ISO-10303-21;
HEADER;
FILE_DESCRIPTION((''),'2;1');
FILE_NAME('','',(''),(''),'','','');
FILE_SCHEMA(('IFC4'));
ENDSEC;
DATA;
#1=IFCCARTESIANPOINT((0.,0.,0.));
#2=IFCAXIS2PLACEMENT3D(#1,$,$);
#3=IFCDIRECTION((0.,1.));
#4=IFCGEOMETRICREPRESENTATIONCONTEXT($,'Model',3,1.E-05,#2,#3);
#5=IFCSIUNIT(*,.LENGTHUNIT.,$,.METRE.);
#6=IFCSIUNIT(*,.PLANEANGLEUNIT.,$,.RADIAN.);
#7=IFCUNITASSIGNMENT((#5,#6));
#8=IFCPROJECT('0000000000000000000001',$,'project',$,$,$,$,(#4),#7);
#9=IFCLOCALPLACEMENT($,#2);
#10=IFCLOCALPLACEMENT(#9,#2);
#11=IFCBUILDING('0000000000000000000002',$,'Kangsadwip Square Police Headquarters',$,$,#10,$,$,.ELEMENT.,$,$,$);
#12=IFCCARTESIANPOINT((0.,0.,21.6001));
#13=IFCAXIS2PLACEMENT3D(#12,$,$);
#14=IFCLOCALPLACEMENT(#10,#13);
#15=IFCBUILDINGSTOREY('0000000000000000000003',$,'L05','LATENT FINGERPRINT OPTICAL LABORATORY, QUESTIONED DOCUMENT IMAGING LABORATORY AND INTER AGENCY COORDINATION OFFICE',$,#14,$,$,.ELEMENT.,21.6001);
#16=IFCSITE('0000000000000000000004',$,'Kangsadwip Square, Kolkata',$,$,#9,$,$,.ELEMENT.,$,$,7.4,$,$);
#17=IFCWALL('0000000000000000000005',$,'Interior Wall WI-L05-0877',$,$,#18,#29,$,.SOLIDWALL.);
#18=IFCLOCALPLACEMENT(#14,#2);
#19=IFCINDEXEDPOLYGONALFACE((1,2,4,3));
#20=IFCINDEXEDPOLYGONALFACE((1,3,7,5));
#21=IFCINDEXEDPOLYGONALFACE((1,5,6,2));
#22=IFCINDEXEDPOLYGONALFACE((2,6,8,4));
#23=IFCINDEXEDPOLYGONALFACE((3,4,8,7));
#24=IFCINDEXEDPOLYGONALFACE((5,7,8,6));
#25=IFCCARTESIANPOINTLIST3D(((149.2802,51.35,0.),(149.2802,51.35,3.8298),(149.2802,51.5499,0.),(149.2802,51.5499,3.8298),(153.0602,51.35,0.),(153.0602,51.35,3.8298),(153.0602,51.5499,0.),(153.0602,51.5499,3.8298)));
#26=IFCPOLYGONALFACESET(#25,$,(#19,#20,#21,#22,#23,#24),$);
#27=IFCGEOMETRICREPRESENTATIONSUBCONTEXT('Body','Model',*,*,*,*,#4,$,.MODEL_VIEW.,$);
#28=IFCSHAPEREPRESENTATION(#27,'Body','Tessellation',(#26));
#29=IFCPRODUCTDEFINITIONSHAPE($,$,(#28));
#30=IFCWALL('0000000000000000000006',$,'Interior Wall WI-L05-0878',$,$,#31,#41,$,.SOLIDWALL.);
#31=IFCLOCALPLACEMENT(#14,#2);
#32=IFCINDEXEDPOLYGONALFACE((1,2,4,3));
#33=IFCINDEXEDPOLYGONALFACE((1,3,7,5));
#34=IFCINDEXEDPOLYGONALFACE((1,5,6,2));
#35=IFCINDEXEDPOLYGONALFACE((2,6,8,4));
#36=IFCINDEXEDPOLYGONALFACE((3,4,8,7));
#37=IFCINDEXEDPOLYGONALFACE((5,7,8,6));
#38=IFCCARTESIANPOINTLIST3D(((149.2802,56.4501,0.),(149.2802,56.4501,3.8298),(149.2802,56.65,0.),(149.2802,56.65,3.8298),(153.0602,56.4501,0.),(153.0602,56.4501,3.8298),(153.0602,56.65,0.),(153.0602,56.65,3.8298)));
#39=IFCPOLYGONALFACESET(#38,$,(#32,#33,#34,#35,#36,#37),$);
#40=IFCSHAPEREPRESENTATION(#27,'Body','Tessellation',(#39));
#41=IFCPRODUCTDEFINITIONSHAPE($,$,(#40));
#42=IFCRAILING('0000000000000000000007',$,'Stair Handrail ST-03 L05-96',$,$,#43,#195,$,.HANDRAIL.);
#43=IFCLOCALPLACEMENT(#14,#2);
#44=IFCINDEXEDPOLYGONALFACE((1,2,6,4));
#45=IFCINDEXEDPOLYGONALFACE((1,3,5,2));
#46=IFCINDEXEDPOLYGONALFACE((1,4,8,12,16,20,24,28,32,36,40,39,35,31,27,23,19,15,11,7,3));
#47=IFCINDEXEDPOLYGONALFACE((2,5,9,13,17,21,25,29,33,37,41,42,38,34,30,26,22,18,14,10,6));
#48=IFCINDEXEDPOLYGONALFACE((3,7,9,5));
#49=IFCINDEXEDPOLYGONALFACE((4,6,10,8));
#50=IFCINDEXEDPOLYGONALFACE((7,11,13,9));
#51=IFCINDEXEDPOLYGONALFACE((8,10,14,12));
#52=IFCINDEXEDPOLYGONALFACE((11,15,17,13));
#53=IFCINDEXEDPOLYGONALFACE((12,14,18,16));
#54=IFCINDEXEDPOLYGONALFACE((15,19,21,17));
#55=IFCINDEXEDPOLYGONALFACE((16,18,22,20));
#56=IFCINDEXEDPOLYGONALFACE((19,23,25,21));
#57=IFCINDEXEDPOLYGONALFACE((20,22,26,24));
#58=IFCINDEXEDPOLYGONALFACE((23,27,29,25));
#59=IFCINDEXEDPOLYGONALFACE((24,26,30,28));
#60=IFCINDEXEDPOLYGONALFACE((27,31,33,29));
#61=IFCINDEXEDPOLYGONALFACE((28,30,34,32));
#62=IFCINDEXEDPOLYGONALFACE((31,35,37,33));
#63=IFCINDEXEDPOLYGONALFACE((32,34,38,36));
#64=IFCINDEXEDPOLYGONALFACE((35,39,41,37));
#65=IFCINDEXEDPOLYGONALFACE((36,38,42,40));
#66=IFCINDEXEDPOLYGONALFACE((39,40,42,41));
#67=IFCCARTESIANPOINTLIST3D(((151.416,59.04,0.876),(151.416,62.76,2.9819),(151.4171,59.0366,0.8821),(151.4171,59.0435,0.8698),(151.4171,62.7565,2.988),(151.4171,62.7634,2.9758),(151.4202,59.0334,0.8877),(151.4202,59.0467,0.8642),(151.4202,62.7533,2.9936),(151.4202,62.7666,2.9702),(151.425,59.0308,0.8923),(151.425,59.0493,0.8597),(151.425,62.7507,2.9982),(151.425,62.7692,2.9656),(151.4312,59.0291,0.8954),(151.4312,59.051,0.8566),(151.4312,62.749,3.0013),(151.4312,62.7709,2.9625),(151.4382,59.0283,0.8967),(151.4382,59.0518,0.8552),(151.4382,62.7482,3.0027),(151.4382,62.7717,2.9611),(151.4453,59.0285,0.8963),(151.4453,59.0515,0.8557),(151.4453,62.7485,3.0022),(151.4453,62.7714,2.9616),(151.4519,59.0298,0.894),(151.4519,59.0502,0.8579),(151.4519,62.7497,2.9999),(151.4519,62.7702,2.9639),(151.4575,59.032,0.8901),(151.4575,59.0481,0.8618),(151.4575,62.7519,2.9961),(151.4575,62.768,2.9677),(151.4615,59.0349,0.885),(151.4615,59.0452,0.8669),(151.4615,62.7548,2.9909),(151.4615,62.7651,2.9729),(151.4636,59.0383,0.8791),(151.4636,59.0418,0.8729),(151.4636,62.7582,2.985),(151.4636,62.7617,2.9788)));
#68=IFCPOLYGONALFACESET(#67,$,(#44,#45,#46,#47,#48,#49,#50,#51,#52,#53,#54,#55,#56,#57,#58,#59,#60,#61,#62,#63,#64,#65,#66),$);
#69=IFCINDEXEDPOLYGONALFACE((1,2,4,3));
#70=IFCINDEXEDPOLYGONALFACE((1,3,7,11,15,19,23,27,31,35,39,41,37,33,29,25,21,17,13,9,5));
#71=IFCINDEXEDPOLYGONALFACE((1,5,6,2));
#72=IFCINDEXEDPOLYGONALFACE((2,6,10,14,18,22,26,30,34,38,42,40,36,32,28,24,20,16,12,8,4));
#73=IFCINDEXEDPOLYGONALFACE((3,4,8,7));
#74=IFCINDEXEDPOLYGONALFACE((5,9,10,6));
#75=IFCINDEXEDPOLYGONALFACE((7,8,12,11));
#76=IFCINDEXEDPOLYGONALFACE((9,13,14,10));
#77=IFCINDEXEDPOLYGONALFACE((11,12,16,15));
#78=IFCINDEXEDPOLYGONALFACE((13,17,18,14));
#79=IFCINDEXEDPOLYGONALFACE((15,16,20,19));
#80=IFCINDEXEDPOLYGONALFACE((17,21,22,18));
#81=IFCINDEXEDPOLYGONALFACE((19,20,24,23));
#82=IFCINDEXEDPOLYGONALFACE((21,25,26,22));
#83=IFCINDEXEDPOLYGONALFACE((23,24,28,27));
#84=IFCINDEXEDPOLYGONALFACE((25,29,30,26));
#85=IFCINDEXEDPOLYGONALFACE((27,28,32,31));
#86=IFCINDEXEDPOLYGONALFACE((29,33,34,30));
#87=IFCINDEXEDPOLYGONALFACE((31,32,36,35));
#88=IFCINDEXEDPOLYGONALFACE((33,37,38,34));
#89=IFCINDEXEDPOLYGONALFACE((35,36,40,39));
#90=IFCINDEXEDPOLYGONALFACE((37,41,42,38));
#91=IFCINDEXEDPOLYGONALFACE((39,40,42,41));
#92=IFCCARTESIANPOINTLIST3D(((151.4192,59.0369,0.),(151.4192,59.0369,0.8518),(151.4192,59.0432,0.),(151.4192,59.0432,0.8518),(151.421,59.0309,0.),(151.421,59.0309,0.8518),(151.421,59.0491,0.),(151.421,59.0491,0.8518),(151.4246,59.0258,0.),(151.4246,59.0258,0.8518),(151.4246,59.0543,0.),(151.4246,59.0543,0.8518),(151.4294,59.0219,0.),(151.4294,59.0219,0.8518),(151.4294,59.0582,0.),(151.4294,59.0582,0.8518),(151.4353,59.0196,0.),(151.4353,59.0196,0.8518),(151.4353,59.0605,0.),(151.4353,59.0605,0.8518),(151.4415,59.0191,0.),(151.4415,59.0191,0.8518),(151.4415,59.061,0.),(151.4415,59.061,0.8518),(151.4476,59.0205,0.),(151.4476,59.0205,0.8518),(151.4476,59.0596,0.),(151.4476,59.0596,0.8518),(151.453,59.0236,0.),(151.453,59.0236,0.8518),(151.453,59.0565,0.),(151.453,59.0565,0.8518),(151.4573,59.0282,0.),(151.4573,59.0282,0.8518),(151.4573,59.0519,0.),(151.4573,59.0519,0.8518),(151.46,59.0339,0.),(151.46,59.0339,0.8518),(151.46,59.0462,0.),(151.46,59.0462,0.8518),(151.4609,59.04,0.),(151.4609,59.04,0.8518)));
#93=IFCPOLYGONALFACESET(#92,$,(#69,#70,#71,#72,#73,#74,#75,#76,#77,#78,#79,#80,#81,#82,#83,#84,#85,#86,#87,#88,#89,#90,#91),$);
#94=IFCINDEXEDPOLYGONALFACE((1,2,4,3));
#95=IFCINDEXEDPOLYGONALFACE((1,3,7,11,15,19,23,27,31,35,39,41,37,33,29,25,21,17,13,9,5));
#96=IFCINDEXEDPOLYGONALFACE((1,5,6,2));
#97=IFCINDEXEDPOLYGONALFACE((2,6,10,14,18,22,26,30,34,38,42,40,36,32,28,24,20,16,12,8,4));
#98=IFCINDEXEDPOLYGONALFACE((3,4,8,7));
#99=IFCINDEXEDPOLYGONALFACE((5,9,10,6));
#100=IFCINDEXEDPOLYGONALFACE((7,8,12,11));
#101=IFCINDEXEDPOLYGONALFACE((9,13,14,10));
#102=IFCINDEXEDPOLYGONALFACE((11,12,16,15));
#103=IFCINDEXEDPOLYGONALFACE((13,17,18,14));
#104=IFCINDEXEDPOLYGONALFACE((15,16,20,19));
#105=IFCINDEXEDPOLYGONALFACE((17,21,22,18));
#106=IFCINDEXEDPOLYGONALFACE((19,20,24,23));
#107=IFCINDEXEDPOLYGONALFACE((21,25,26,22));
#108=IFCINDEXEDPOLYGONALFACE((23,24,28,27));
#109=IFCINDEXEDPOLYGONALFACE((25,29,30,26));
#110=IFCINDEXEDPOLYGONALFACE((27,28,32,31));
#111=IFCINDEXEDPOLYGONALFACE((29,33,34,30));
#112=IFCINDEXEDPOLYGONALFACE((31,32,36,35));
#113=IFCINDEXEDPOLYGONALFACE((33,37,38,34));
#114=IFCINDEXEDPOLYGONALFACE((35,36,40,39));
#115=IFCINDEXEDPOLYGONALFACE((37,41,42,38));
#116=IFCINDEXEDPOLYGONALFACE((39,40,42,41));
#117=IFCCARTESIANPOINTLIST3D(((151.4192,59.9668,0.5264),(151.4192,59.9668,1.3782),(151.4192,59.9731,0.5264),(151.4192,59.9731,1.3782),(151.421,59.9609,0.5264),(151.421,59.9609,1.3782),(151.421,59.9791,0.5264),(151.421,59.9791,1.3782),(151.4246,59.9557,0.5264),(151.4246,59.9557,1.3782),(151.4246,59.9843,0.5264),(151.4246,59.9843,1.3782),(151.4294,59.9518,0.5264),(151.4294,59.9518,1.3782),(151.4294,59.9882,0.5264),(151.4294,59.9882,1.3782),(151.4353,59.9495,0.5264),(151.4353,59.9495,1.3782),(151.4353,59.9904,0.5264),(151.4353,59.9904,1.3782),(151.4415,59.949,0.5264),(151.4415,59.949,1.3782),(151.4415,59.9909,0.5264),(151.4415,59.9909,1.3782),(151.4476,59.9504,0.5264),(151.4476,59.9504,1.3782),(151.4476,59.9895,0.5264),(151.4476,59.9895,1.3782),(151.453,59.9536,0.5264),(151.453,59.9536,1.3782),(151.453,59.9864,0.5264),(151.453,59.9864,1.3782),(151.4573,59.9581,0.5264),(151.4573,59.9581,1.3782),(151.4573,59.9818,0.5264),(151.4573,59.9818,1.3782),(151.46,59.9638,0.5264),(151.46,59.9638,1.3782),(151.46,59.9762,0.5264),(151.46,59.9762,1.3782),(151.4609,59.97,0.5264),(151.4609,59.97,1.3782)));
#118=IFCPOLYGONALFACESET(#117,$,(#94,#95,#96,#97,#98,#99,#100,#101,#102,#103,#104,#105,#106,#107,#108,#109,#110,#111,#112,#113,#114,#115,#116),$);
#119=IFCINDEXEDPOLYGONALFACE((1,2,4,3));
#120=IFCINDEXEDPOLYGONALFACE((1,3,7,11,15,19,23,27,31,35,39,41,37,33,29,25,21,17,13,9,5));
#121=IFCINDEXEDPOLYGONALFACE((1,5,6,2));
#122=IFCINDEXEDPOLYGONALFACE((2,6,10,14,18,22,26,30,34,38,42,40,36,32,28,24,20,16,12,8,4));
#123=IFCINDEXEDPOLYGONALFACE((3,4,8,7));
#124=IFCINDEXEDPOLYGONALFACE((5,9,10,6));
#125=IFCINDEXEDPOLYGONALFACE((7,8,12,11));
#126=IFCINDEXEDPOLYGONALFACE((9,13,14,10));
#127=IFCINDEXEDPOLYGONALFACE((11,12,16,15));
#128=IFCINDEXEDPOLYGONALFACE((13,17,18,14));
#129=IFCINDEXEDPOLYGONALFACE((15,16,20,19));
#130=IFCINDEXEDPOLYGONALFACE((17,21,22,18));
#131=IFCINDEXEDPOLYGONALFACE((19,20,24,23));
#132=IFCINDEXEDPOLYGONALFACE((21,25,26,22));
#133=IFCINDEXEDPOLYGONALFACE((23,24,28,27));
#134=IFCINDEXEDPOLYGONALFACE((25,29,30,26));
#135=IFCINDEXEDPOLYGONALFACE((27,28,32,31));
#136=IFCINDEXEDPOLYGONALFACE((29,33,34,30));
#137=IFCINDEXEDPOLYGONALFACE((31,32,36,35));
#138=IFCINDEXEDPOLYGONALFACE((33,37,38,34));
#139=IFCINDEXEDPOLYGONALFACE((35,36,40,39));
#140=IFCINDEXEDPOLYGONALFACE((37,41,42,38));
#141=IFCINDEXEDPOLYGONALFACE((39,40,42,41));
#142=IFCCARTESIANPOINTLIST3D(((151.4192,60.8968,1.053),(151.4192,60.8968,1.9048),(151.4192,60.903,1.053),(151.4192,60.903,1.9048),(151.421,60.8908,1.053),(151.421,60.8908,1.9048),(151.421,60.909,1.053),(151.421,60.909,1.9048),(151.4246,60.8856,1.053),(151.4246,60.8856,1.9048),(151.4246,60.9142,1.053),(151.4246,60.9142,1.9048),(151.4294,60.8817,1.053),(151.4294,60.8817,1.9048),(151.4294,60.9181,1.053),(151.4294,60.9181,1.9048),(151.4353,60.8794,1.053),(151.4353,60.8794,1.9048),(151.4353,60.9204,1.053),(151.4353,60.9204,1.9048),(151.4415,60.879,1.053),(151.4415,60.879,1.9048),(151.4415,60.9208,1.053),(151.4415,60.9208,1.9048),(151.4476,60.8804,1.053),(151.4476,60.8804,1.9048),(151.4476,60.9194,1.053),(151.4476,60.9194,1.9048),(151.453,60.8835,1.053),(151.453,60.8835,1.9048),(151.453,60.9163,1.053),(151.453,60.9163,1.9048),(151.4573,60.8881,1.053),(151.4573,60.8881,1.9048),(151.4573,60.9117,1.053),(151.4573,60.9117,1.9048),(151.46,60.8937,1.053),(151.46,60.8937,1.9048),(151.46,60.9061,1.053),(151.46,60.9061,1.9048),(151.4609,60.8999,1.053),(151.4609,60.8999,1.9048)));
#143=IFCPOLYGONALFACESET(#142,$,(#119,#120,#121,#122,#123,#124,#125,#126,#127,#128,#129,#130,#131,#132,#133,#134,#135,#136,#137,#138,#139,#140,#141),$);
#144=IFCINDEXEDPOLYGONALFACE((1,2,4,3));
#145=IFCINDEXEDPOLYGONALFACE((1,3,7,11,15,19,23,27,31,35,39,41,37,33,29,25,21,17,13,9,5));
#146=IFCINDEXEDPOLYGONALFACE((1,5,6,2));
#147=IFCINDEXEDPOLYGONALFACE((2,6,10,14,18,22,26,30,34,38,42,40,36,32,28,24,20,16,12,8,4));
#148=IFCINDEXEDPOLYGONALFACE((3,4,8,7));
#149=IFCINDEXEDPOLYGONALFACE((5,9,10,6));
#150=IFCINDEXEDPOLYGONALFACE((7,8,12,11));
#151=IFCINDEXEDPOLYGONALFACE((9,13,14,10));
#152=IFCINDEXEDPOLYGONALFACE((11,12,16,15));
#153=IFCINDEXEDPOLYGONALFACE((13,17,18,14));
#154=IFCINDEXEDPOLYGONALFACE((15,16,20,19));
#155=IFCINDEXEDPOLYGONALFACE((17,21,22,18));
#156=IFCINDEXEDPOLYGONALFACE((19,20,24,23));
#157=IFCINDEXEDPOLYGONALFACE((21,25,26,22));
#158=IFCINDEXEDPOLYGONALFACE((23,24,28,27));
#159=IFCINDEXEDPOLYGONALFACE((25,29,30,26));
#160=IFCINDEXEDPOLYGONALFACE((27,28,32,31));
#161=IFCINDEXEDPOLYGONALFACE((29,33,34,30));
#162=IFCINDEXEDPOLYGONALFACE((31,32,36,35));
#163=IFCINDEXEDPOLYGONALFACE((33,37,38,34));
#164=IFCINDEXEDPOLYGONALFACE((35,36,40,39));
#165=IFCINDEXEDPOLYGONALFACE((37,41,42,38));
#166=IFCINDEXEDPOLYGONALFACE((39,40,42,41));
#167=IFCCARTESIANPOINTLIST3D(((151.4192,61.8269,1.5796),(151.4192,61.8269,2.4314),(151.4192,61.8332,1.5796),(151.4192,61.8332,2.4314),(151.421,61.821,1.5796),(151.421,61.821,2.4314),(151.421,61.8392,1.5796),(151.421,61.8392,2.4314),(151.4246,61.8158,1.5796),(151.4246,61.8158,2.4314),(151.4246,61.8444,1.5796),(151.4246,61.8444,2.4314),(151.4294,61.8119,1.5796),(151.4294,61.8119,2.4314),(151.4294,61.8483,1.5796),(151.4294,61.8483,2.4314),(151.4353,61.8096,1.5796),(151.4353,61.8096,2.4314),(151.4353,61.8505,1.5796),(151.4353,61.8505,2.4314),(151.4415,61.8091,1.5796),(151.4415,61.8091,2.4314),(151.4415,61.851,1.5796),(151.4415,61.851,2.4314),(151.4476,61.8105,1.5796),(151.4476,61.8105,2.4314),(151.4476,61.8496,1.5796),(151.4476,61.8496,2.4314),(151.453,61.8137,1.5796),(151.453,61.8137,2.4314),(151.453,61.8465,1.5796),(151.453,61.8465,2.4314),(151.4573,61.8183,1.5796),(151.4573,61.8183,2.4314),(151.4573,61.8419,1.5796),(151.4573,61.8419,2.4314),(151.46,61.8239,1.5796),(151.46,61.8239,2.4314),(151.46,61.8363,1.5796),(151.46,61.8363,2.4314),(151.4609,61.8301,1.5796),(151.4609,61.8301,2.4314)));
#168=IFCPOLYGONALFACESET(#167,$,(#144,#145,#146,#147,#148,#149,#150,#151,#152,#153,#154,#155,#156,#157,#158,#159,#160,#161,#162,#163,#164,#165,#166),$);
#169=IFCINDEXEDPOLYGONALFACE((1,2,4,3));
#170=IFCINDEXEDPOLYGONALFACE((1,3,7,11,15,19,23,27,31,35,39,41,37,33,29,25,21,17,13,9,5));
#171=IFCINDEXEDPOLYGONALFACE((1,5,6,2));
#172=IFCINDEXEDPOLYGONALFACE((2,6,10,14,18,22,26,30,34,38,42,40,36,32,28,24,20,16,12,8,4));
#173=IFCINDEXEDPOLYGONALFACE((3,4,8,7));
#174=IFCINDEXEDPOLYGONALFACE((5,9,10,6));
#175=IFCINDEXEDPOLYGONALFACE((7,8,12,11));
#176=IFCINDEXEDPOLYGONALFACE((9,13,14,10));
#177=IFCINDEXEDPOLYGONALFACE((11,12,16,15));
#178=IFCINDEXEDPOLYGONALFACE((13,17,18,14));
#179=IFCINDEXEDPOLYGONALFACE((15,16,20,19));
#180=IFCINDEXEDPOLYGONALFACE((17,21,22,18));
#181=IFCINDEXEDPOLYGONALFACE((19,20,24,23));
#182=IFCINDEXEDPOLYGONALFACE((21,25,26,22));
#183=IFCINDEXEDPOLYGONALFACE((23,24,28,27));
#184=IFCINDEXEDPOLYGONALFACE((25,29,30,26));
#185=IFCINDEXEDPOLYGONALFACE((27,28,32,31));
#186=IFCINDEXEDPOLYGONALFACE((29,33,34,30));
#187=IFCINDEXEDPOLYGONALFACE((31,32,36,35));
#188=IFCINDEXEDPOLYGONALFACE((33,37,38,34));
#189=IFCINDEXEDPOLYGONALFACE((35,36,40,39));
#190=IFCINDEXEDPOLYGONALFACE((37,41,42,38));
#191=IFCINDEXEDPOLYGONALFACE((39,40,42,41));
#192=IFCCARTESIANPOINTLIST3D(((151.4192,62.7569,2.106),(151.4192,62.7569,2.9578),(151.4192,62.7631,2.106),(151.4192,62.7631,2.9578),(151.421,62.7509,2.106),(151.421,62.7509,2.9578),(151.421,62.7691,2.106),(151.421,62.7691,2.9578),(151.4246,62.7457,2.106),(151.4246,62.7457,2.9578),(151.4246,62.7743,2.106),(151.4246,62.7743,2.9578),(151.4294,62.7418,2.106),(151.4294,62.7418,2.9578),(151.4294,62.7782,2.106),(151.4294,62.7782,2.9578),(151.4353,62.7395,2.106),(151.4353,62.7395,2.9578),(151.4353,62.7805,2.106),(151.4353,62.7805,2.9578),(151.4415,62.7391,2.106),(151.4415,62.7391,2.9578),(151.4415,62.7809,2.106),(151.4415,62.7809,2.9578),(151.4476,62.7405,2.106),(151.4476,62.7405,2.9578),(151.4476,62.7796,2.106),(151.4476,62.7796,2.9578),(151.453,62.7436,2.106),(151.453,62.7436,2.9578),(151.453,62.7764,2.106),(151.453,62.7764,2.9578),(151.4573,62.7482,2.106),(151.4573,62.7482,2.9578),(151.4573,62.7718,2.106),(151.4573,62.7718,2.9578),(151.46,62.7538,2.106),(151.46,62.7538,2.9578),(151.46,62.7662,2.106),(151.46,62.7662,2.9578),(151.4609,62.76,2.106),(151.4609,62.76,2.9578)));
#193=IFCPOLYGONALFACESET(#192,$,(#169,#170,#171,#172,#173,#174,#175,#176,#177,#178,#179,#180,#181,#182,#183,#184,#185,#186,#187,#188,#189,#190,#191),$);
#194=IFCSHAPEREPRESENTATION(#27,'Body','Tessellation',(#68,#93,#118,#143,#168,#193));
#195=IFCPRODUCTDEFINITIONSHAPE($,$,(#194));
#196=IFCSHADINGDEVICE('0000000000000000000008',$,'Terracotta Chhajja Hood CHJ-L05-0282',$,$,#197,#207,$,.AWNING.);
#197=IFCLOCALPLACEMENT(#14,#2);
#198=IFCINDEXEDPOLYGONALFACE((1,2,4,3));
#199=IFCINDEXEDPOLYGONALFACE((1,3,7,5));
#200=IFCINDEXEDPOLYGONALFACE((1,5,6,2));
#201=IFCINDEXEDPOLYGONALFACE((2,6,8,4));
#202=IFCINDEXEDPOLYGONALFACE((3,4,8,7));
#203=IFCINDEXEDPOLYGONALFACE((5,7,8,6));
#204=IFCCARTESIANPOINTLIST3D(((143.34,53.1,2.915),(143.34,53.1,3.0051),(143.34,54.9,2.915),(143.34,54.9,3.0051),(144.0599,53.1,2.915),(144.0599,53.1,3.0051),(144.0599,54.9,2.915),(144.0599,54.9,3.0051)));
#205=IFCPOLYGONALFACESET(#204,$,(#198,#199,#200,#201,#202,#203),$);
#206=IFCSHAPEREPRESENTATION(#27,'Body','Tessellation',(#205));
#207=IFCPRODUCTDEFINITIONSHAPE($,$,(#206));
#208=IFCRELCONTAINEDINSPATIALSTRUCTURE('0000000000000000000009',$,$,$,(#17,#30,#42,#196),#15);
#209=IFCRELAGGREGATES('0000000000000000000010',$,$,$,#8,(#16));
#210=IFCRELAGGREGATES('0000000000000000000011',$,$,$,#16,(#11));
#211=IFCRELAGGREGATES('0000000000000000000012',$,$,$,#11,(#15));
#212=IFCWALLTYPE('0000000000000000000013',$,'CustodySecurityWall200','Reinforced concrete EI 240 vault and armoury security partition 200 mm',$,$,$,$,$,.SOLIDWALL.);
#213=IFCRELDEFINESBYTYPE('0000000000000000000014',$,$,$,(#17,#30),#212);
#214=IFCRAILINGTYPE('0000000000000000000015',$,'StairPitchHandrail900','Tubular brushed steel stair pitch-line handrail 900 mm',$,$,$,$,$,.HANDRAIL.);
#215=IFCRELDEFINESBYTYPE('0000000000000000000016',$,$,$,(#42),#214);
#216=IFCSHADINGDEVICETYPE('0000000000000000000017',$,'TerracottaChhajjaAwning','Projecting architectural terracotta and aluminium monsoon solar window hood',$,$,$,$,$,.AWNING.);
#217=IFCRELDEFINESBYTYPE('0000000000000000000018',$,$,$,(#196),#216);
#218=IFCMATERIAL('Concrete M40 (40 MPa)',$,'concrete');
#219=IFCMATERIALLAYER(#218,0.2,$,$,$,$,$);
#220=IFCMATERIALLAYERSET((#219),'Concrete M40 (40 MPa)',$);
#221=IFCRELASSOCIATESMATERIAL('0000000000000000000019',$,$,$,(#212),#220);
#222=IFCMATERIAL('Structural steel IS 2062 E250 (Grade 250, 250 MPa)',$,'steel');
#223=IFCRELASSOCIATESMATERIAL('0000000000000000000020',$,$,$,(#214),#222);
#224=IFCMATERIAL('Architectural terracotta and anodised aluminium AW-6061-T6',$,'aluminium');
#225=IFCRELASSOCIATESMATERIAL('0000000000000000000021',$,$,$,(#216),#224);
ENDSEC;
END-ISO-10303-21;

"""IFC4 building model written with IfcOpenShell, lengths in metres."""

from ifc_helpers import new_model, si_unit, direction, frame, frame_2d, origin, origin_2d, place, context, subcontext, project, spatial, rectangle, circle, extrude, material, layer, layer_set, type_object, element, save


model = new_model("IFC4")

# Units and contexts
model_context = context("Model", 3, precision=1e-05, world=origin(), true_north=direction((0.0, 1.0)))
body_context = subcontext(model_context, "Body", "Model", "MODEL_VIEW")
ifc_project = project(units=[si_unit("LENGTHUNIT", "METRE"), si_unit("PLANEANGLEUNIT", "RADIAN")], contexts=[model_context])

# Site, building, storey
site_placement = place(None, origin())
site = spatial("IfcSite", under=ifc_project, at=site_placement, Name="Kangsadwip Square, Kolkata", CompositionType="ELEMENT", RefElevation=7.4)
building_placement = place(site_placement, origin())
building = spatial("IfcBuilding", under=site, at=building_placement, Name="Kangsadwip Square Police Headquarters", CompositionType="ELEMENT")
storey_placement = place(building_placement, frame((0.0, 0.0, 21.6001)))
storey = spatial("IfcBuildingStorey", under=building, at=storey_placement, Name="L05", Description="LATENT FINGERPRINT OPTICAL LABORATORY, QUESTIONED DOCUMENT IMAGING LABORATORY AND INTER AGENCY COORDINATION OFFICE", CompositionType="ELEMENT", Elevation=21.6001)

# Shared definitions
ifc_material_1 = material(Name="Concrete M40 (40 MPa)", Category="concrete")
ifc_layer_1 = layer(ifc_material_1, 0.2)
ifc_layer_set_1 = layer_set([ifc_layer_1], Name="Concrete M40 (40 MPa)")
wall_type_1 = type_object("IfcWallType", Name="CustodySecurityWall200", Description="Reinforced concrete EI 240 vault and armoury security partition 200 mm", PredefinedType="SOLIDWALL", material=ifc_layer_set_1)

# Walls
for number, where, z_axis, x_axis, name in (
    (1, (149.28, 51.45, 0.0), (0.0, 0.0, 1.0), (1.0, 0.0, 0.0), "Interior Wall WI-L05-0877"),
    (2, (149.28, 56.55, 0.0), (0.0, 0.0, 1.0), (1.0, 0.0, 0.0), "Interior Wall WI-L05-0878"),
):
    element("IfcWall", number, at=place(storey_placement, frame(where, z_axis=z_axis, x_axis=x_axis)), inside=storey, type_object=wall_type_1, Name=name, PredefinedType="SOLIDWALL", context=body_context, shape_type="SweptSolid", body=[
        extrude(rectangle(XDim=3.78, YDim=0.2, at=frame_2d((1.8901, 0.0))), origin(), (0.0, 0.0, 1.0), 3.8298),
    ])

# Railing
ifc_material_2 = material(Name="Structural steel IS 2062 E250 (Grade 250, 250 MPa)", Category="steel")
railing_type = type_object("IfcRailingType", Name="StairPitchHandrail900", Description="Tubular brushed steel stair pitch-line handrail 900 mm", PredefinedType="HANDRAIL", material=ifc_material_2)
railing_placement = place(storey_placement, frame((151.4399, 59.04, 0.0)))
element("IfcRailing", 3, at=railing_placement, inside=storey, type_object=railing_type, Name="Stair Handrail ST-03 L05-96", PredefinedType="HANDRAIL", context=body_context, shape_type="SweptSolid", body=[
    extrude(circle(Radius=0.0239, at=origin_2d()), frame((0.0, 0.0, 0.876), z_axis=(0.0, 0.870225, 0.492654), x_axis=(-1.0, 0.0, 0.0)), (0.0, 0.0, 1.0), 4.2747),
    extrude(circle(Radius=0.021, at=origin_2d()), origin(), (0.0, 0.0, 1.0), 0.8518),
    extrude(circle(Radius=0.021, at=origin_2d()), frame((0.0, 0.9299, 0.5264)), (0.0, 0.0, 1.0), 0.8518),
    extrude(circle(Radius=0.021, at=origin_2d()), frame((0.0, 1.8599, 1.053)), (0.0, 0.0, 1.0), 0.8518),
    extrude(circle(Radius=0.021, at=origin_2d()), frame((0.0, 2.79, 1.5796)), (0.0, 0.0, 1.0), 0.8518),
    extrude(circle(Radius=0.021, at=origin_2d()), frame((0.0, 3.72, 2.106)), (0.0, 0.0, 1.0), 0.8518),
])

# Shading device
ifc_material_3 = material(Name="Architectural terracotta and anodised aluminium AW-6061-T6", Category="aluminium")
shading_device_type = type_object("IfcShadingDeviceType", Name="TerracottaChhajjaAwning", Description="Projecting architectural terracotta and aluminium monsoon solar window hood", PredefinedType="AWNING", material=ifc_material_3)
shading_device_1_placement = place(storey_placement, frame((143.7, 54.0, 2.915), z_axis=(0.0, 0.0, 1.0), x_axis=(0.0, 1.0, 0.0)))
element("IfcShadingDevice", 4, at=shading_device_1_placement, inside=storey, type_object=shading_device_type, Name="Terracotta Chhajja Hood CHJ-L05-0282", PredefinedType="AWNING", context=body_context, shape_type="SweptSolid", body=[
    extrude(rectangle(XDim=1.8, YDim=0.72, at=origin_2d()), origin(), (0.0, 0.0, 1.0), 0.0901),
])

save(model, "model.ifc")
